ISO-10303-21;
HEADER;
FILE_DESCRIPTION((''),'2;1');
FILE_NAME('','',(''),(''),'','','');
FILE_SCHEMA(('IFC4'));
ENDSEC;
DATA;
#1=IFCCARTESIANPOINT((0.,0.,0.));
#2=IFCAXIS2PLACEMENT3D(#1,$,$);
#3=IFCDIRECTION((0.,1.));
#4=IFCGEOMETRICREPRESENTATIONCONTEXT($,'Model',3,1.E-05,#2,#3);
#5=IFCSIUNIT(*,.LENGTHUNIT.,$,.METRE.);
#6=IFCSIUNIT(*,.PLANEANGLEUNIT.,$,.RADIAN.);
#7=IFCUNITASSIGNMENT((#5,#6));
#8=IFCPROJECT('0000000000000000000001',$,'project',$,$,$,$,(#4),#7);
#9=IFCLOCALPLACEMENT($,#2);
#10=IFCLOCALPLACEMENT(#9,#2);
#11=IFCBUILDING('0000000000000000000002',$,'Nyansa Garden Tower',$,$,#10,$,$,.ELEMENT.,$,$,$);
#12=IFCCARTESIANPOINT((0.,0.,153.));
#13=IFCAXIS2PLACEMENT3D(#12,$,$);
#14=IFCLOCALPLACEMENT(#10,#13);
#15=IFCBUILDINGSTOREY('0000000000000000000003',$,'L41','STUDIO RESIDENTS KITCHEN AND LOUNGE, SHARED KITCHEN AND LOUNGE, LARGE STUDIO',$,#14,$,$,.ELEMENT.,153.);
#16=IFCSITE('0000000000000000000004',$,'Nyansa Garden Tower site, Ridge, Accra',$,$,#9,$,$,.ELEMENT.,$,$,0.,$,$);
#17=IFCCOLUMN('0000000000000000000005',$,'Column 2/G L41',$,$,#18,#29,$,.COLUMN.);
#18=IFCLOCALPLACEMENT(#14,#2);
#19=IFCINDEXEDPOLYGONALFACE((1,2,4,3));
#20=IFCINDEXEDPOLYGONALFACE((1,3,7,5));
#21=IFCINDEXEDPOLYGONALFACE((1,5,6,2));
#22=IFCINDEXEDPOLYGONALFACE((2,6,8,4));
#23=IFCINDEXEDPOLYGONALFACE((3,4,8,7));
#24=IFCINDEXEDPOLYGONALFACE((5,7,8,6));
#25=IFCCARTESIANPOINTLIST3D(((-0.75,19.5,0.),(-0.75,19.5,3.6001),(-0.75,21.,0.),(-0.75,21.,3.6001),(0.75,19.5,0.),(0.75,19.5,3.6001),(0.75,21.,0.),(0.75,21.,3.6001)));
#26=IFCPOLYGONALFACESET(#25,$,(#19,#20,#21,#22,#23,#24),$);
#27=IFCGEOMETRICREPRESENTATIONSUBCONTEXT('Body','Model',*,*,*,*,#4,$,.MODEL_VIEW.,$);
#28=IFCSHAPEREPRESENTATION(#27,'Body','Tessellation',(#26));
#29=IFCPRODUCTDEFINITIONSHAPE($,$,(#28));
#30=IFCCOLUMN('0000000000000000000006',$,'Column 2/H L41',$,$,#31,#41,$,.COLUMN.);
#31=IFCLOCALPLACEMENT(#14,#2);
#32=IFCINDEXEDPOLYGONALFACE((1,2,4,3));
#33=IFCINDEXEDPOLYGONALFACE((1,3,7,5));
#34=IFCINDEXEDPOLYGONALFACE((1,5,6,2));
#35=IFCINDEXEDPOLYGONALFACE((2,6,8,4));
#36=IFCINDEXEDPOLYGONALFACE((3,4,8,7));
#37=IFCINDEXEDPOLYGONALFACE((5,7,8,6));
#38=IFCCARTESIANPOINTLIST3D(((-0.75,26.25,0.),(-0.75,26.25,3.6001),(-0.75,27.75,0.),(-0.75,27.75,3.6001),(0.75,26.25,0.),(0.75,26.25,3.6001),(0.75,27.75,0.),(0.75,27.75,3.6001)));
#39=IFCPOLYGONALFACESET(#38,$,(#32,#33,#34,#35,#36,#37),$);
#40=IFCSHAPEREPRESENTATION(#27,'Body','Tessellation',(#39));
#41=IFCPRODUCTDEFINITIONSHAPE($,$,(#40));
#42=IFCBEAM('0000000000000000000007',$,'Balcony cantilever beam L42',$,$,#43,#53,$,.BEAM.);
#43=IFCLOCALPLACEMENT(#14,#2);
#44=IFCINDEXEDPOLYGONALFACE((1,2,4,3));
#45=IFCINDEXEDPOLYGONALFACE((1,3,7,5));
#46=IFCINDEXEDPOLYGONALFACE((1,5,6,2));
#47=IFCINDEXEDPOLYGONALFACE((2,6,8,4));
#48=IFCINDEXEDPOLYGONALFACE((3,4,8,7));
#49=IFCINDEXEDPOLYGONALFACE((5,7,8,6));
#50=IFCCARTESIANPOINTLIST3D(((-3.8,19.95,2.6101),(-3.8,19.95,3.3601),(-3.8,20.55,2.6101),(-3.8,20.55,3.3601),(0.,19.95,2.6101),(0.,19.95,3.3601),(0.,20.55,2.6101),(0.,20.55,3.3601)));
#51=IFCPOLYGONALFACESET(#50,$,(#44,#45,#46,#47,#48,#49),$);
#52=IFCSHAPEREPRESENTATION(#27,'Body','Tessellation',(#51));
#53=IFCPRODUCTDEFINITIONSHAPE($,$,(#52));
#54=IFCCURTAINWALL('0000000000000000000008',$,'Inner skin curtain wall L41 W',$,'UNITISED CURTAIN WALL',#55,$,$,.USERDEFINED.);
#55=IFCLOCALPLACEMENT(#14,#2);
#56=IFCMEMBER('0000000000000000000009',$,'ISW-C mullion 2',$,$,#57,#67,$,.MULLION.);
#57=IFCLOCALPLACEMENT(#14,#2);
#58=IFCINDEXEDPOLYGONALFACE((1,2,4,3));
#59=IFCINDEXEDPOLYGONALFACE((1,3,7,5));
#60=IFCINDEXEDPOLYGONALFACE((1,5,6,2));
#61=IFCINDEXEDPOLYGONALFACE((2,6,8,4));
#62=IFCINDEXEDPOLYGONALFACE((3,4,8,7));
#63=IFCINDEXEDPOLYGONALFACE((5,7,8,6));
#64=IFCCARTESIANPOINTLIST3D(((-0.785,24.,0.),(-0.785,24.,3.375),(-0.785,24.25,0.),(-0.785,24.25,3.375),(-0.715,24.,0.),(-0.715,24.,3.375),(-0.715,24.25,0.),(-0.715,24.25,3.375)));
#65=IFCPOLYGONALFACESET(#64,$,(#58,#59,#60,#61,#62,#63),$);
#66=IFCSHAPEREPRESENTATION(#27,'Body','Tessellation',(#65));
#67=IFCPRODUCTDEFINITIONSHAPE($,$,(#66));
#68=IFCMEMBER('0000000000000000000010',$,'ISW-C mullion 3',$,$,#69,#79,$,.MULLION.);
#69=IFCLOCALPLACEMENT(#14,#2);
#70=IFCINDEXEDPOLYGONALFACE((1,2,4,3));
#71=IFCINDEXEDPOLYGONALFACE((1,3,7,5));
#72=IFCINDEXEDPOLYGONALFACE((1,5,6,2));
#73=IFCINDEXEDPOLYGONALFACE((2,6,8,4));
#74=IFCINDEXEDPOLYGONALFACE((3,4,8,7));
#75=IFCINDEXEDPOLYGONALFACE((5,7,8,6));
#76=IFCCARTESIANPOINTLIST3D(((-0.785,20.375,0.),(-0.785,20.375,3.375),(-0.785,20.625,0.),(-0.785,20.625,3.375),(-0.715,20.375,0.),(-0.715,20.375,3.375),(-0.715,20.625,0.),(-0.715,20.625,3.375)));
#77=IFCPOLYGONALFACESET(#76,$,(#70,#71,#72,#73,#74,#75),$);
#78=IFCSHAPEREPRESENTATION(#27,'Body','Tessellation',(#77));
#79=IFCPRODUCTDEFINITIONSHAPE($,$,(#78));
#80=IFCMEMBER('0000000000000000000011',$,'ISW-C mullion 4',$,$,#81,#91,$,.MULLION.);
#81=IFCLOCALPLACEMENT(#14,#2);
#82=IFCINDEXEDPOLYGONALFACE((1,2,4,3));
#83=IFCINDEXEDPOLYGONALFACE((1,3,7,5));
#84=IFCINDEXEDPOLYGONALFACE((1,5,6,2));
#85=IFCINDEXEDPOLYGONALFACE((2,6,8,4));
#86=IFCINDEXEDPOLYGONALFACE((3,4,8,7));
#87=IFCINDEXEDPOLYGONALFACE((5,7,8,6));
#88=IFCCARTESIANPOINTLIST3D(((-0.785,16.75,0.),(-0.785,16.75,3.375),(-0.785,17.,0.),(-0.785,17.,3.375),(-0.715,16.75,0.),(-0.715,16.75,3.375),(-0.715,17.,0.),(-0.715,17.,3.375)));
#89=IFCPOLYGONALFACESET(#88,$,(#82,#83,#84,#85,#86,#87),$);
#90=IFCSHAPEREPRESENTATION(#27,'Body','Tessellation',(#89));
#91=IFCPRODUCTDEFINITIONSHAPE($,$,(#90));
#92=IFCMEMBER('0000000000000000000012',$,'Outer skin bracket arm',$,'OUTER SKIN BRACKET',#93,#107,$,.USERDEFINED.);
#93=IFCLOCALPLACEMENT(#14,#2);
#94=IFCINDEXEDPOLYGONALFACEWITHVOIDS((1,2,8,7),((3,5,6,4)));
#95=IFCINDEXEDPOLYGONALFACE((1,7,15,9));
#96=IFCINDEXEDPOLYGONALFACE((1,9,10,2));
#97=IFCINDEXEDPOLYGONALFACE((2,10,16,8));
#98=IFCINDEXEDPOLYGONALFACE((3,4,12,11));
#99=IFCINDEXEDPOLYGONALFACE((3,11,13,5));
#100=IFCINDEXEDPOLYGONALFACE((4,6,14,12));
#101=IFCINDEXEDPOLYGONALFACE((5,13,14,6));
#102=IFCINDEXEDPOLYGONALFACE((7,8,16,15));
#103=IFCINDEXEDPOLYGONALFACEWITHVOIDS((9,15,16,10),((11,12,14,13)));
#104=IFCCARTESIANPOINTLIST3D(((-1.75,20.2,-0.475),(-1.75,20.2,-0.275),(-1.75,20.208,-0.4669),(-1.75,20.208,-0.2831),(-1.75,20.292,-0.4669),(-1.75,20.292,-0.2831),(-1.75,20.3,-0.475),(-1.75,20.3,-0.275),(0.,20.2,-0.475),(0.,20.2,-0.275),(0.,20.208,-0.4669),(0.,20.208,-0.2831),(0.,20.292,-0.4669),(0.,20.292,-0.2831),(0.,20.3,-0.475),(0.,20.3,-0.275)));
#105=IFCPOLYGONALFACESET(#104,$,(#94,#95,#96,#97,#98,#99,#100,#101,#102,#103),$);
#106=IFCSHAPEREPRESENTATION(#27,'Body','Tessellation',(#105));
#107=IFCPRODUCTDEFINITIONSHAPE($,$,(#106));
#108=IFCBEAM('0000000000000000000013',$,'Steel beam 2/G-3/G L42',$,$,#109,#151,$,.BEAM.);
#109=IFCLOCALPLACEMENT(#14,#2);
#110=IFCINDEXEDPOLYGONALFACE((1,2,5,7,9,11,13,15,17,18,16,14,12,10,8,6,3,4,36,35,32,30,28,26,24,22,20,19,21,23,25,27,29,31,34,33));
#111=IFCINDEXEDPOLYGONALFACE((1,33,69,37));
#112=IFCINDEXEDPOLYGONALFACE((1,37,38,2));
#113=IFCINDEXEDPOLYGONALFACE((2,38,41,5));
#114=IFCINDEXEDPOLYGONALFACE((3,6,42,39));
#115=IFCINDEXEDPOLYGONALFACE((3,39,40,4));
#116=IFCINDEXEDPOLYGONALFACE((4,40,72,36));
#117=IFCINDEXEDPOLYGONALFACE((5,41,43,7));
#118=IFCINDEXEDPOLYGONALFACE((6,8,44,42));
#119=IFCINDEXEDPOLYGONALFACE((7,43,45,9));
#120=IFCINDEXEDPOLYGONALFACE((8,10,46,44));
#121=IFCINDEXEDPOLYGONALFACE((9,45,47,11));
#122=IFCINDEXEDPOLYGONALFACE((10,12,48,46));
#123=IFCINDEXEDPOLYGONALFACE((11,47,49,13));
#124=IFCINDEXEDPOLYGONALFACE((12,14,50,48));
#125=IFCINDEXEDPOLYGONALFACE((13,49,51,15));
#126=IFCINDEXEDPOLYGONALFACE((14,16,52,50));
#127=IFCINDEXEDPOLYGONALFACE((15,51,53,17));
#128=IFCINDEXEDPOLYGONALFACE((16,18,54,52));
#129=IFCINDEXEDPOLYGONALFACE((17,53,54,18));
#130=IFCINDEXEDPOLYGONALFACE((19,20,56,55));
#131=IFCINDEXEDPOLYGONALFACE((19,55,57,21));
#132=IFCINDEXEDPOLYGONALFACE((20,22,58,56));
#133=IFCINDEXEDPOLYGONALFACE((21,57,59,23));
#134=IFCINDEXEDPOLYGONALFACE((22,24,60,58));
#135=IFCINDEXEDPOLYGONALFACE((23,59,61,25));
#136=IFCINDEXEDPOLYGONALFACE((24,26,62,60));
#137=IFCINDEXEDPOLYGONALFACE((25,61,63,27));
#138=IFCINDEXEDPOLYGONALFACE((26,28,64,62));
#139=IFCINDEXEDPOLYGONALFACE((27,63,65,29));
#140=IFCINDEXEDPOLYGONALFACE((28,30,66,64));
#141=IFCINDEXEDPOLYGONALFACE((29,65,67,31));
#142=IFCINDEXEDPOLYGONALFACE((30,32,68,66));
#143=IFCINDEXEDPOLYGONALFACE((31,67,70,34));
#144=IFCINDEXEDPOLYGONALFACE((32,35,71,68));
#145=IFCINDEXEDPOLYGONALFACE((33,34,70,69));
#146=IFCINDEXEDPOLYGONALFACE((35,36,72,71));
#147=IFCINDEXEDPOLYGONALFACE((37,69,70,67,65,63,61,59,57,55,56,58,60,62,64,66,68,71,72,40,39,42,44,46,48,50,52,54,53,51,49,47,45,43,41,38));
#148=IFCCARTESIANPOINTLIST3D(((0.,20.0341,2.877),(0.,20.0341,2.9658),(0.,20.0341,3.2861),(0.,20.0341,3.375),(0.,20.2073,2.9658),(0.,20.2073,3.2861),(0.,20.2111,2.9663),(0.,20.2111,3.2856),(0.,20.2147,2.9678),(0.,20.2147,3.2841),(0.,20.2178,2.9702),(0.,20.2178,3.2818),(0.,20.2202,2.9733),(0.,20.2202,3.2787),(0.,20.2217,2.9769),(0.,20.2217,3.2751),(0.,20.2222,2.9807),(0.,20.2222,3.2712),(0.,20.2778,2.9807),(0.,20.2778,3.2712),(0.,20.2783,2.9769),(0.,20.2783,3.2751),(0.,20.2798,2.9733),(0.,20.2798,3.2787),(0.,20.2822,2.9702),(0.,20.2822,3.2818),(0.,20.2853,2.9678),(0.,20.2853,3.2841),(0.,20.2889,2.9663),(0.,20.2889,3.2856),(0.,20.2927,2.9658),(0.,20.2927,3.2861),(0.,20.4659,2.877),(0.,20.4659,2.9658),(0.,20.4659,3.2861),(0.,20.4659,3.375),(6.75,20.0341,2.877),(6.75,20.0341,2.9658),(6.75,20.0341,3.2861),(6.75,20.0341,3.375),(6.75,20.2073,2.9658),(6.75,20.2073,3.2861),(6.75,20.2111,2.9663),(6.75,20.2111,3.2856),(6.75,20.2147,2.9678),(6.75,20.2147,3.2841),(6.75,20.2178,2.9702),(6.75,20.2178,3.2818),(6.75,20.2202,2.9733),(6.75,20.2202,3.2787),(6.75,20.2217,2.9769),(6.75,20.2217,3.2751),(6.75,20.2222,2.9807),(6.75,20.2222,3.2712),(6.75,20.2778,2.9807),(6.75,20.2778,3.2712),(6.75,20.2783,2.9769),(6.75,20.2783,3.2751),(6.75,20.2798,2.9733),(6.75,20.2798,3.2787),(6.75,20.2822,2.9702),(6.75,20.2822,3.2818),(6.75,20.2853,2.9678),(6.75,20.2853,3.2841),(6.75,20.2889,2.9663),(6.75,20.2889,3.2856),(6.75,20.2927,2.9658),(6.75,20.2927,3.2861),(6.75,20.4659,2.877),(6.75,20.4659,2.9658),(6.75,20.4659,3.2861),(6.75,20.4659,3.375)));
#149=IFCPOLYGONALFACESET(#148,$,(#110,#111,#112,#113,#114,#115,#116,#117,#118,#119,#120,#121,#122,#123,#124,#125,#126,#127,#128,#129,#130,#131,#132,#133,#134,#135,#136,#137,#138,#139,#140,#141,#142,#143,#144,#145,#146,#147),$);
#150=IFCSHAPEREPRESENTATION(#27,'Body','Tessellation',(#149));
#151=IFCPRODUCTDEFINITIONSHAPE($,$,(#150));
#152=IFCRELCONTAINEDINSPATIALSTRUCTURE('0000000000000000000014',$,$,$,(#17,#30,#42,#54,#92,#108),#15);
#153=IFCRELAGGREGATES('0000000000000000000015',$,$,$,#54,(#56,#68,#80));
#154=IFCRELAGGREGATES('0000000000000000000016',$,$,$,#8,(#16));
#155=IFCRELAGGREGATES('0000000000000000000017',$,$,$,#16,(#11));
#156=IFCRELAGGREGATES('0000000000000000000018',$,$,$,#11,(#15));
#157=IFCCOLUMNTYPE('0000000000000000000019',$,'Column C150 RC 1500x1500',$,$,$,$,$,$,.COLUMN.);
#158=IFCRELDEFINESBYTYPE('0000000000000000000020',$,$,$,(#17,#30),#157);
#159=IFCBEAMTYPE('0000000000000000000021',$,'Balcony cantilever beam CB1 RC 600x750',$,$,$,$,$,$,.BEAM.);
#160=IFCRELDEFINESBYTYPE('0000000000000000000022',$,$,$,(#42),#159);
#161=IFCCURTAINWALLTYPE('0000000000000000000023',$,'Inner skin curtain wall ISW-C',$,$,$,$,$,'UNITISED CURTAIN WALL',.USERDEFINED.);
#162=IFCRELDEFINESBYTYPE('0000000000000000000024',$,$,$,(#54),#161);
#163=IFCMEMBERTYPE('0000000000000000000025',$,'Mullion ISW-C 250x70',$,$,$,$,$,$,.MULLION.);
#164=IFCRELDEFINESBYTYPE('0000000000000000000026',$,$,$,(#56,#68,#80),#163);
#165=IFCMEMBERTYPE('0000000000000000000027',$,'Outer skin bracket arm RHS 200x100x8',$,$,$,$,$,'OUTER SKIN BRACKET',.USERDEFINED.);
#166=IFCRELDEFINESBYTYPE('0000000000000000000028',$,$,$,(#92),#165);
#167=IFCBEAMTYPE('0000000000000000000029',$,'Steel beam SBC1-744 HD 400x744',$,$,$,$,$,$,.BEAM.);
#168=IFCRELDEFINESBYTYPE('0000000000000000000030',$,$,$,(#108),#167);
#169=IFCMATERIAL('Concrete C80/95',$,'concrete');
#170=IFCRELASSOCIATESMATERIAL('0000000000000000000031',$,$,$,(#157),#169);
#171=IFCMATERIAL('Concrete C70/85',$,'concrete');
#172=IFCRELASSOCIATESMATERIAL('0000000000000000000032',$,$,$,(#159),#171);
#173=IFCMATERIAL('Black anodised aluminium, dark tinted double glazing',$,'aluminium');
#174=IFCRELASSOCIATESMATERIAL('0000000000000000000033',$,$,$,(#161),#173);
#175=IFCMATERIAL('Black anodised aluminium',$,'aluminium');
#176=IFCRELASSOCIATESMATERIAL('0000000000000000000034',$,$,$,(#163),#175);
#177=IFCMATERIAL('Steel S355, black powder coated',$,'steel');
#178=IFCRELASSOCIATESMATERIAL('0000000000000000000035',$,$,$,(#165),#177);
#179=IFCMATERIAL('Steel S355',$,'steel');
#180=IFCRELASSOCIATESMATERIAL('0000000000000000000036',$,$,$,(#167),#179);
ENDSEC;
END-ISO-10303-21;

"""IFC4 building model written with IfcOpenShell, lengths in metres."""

from ifc_helpers import new_model, si_unit, direction, frame, origin, origin_2d, place, context, subcontext, project, spatial, rectangle, hollow_rectangle, i_section, extrude, material, material_profile, profile_set, type_object, element, aggregate, save


model = new_model("IFC4")

# Units and contexts
model_context = context("Model", 3, precision=1e-05, world=origin(), true_north=direction((0.0, 1.0)))
body_context = subcontext(model_context, "Body", "Model", "MODEL_VIEW")
ifc_project = project(units=[si_unit("LENGTHUNIT", "METRE"), si_unit("PLANEANGLEUNIT", "RADIAN")], contexts=[model_context])

# Site, building, storey
site_placement = place(None, origin())
site = spatial("IfcSite", under=ifc_project, at=site_placement, Name="Nyansa Garden Tower site, Ridge, Accra", CompositionType="ELEMENT", RefElevation=0.0)
building_placement = place(site_placement, origin())
building = spatial("IfcBuilding", under=site, at=building_placement, Name="Nyansa Garden Tower", CompositionType="ELEMENT")
storey_placement = place(building_placement, frame((0.0, 0.0, 153.0)))
storey = spatial("IfcBuildingStorey", under=building, at=storey_placement, Name="L41", Description="STUDIO RESIDENTS KITCHEN AND LOUNGE, SHARED KITCHEN AND LOUNGE, LARGE STUDIO", CompositionType="ELEMENT", Elevation=153.0)

# Columns
ifc_material_1 = material(Name="Concrete C80/95", Category="concrete")
ifc_material_profile_1 = material_profile(ifc_material_1, rectangle(XDim=1.5, YDim=1.5, at=origin_2d()), Name="RC 1500x1500")
ifc_profile_set_1 = profile_set([ifc_material_profile_1], Name="Concrete C80/95")
column_type = type_object("IfcColumnType", Name="Column C150 RC 1500x1500", PredefinedType="COLUMN", material=ifc_profile_set_1)
for number, where, z_axis, x_axis, name in (
    (1, (0.0, 20.25, 0.0), (0.0, 0.0, 1.0), (1.0, 0.0, 0.0), "Column 2/G L41"),
    (2, (0.0, 27.0, 0.0), (0.0, 0.0, 1.0), (1.0, 0.0, 0.0), "Column 2/H L41"),
):
    element("IfcColumn", number, at=place(storey_placement, frame(where, z_axis=z_axis, x_axis=x_axis)), inside=storey, type_object=column_type, Name=name, PredefinedType="COLUMN", context=body_context, shape_type="SweptSolid", body=[
        extrude(rectangle(XDim=1.5, YDim=1.5, at=origin_2d()), origin(), (0.0, 0.0, 1.0), 3.6001),
    ])

# Beam
ifc_material_2 = material(Name="Concrete C70/85", Category="concrete")
ifc_material_profile_2 = material_profile(ifc_material_2, rectangle(XDim=0.6001, YDim=0.75, at=origin_2d()), Name="RC 600x750")
ifc_profile_set_2 = profile_set([ifc_material_profile_2], Name="Concrete C70/85")
beam_type_1 = type_object("IfcBeamType", Name="Balcony cantilever beam CB1 RC 600x750", PredefinedType="BEAM", material=ifc_profile_set_2)
beam_1_placement = place(storey_placement, frame((0.0, 20.25, 2.9851), z_axis=(-1.0, 0.0, 0.0), x_axis=(0.0, -1.0, 0.0)))
element("IfcBeam", 3, at=beam_1_placement, inside=storey, type_object=beam_type_1, Name="Balcony cantilever beam L42", PredefinedType="BEAM", context=body_context, shape_type="SweptSolid", body=[
    extrude(rectangle(XDim=0.6001, YDim=0.75, at=origin_2d()), origin(), (0.0, 0.0, 1.0), 3.8),
])

# Curtain wall, members
ifc_material_3 = material(Name="Black anodised aluminium, dark tinted double glazing", Category="aluminium")
curtain_wall_type = type_object("IfcCurtainWallType", Name="Inner skin curtain wall ISW-C", ElementType="UNITISED CURTAIN WALL", PredefinedType="USERDEFINED", material=ifc_material_3)
curtain_wall_placement = place(storey_placement, origin())
curtain_wall = element("IfcCurtainWall", 4, at=curtain_wall_placement, inside=storey, type_object=curtain_wall_type, Name="Inner skin curtain wall L41 W", ObjectType="UNITISED CURTAIN WALL", PredefinedType="USERDEFINED")
ifc_material_4 = material(Name="Black anodised aluminium", Category="aluminium")
ifc_material_profile_3 = material_profile(ifc_material_4, rectangle(XDim=0.0701, YDim=0.25, at=origin_2d()), Name="Mullion 250x70")
ifc_profile_set_3 = profile_set([ifc_material_profile_3], Name="Black anodised aluminium")
member_type_1 = type_object("IfcMemberType", Name="Mullion ISW-C 250x70", PredefinedType="MULLION", material=ifc_profile_set_3)
member_1_placement = place(storey_placement, frame((-0.75, 24.125, 0.0), z_axis=(0.0, 0.0, 1.0), x_axis=(1.0, 0.0, 0.0)))
member_1 = element("IfcMember", 5, at=member_1_placement, type_object=member_type_1, Name="ISW-C mullion 2", PredefinedType="MULLION", context=body_context, shape_type="SweptSolid", body=[
    extrude(rectangle(XDim=0.0701, YDim=0.25, at=origin_2d()), origin(), (0.0, 0.0, 1.0), 3.375),
])
member_2_placement = place(storey_placement, frame((-0.75, 20.5, 0.0), z_axis=(0.0, 0.0, 1.0), x_axis=(1.0, 0.0, 0.0)))
member_2 = element("IfcMember", 6, at=member_2_placement, type_object=member_type_1, Name="ISW-C mullion 3", PredefinedType="MULLION", context=body_context, shape_type="SweptSolid", body=[
    extrude(rectangle(XDim=0.0701, YDim=0.25, at=origin_2d()), origin(), (0.0, 0.0, 1.0), 3.375),
])
member_3_placement = place(storey_placement, frame((-0.75, 16.875, 0.0), z_axis=(0.0, 0.0, 1.0), x_axis=(1.0, 0.0, 0.0)))
member_3 = element("IfcMember", 7, at=member_3_placement, type_object=member_type_1, Name="ISW-C mullion 4", PredefinedType="MULLION", context=body_context, shape_type="SweptSolid", body=[
    extrude(rectangle(XDim=0.0701, YDim=0.25, at=origin_2d()), origin(), (0.0, 0.0, 1.0), 3.375),
])

# Member
ifc_material_5 = material(Name="Steel S355, black powder coated", Category="steel")
ifc_material_profile_4 = material_profile(ifc_material_5, hollow_rectangle(XDim=0.1001, YDim=0.2, WallThickness=0.0081, at=origin_2d()), Name="RHS 200x100x8")
ifc_profile_set_4 = profile_set([ifc_material_profile_4], Name="Steel S355, black powder coated")
member_type_2 = type_object("IfcMemberType", Name="Outer skin bracket arm RHS 200x100x8", ElementType="OUTER SKIN BRACKET", PredefinedType="USERDEFINED", material=ifc_profile_set_4)
member_4_placement = place(storey_placement, frame((0.0, 20.25, -0.375), z_axis=(-1.0, 0.0, 0.0), x_axis=(0.0, -1.0, 0.0)))
element("IfcMember", 8, at=member_4_placement, inside=storey, type_object=member_type_2, Name="Outer skin bracket arm", ObjectType="OUTER SKIN BRACKET", PredefinedType="USERDEFINED", context=body_context, shape_type="SweptSolid", body=[
    extrude(hollow_rectangle(XDim=0.1001, YDim=0.2, WallThickness=0.0081, at=origin_2d()), origin(), (0.0, 0.0, 1.0), 1.75),
])

# Beam
ifc_material_6 = material(Name="Steel S355", Category="steel")
ifc_material_profile_5 = material_profile(ifc_material_6, i_section(OverallWidth=0.4319, OverallDepth=0.498, WebThickness=0.0557, FlangeThickness=0.0889, FilletRadius=0.0149, at=origin_2d()), Name="HD 400x744")
ifc_profile_set_5 = profile_set([ifc_material_profile_5], Name="Steel S355")
beam_type_2 = type_object("IfcBeamType", Name="Steel beam SBC1-744 HD 400x744", PredefinedType="BEAM", material=ifc_profile_set_5)
beam_2_placement = place(storey_placement, frame((0.0, 20.25, 3.126), z_axis=(1.0, 0.0, 0.0), x_axis=(0.0, 1.0, 0.0)))
element("IfcBeam", 9, at=beam_2_placement, inside=storey, type_object=beam_type_2, Name="Steel beam 2/G-3/G L42", PredefinedType="BEAM", context=body_context, shape_type="SweptSolid", body=[
    extrude(i_section(OverallWidth=0.4319, OverallDepth=0.498, WebThickness=0.0557, FlangeThickness=0.0889, FilletRadius=0.0149, at=origin_2d()), origin(), (0.0, 0.0, 1.0), 6.75),
])

aggregate(curtain_wall, [member_1, member_2, member_3])

save(model, "model.ifc")
